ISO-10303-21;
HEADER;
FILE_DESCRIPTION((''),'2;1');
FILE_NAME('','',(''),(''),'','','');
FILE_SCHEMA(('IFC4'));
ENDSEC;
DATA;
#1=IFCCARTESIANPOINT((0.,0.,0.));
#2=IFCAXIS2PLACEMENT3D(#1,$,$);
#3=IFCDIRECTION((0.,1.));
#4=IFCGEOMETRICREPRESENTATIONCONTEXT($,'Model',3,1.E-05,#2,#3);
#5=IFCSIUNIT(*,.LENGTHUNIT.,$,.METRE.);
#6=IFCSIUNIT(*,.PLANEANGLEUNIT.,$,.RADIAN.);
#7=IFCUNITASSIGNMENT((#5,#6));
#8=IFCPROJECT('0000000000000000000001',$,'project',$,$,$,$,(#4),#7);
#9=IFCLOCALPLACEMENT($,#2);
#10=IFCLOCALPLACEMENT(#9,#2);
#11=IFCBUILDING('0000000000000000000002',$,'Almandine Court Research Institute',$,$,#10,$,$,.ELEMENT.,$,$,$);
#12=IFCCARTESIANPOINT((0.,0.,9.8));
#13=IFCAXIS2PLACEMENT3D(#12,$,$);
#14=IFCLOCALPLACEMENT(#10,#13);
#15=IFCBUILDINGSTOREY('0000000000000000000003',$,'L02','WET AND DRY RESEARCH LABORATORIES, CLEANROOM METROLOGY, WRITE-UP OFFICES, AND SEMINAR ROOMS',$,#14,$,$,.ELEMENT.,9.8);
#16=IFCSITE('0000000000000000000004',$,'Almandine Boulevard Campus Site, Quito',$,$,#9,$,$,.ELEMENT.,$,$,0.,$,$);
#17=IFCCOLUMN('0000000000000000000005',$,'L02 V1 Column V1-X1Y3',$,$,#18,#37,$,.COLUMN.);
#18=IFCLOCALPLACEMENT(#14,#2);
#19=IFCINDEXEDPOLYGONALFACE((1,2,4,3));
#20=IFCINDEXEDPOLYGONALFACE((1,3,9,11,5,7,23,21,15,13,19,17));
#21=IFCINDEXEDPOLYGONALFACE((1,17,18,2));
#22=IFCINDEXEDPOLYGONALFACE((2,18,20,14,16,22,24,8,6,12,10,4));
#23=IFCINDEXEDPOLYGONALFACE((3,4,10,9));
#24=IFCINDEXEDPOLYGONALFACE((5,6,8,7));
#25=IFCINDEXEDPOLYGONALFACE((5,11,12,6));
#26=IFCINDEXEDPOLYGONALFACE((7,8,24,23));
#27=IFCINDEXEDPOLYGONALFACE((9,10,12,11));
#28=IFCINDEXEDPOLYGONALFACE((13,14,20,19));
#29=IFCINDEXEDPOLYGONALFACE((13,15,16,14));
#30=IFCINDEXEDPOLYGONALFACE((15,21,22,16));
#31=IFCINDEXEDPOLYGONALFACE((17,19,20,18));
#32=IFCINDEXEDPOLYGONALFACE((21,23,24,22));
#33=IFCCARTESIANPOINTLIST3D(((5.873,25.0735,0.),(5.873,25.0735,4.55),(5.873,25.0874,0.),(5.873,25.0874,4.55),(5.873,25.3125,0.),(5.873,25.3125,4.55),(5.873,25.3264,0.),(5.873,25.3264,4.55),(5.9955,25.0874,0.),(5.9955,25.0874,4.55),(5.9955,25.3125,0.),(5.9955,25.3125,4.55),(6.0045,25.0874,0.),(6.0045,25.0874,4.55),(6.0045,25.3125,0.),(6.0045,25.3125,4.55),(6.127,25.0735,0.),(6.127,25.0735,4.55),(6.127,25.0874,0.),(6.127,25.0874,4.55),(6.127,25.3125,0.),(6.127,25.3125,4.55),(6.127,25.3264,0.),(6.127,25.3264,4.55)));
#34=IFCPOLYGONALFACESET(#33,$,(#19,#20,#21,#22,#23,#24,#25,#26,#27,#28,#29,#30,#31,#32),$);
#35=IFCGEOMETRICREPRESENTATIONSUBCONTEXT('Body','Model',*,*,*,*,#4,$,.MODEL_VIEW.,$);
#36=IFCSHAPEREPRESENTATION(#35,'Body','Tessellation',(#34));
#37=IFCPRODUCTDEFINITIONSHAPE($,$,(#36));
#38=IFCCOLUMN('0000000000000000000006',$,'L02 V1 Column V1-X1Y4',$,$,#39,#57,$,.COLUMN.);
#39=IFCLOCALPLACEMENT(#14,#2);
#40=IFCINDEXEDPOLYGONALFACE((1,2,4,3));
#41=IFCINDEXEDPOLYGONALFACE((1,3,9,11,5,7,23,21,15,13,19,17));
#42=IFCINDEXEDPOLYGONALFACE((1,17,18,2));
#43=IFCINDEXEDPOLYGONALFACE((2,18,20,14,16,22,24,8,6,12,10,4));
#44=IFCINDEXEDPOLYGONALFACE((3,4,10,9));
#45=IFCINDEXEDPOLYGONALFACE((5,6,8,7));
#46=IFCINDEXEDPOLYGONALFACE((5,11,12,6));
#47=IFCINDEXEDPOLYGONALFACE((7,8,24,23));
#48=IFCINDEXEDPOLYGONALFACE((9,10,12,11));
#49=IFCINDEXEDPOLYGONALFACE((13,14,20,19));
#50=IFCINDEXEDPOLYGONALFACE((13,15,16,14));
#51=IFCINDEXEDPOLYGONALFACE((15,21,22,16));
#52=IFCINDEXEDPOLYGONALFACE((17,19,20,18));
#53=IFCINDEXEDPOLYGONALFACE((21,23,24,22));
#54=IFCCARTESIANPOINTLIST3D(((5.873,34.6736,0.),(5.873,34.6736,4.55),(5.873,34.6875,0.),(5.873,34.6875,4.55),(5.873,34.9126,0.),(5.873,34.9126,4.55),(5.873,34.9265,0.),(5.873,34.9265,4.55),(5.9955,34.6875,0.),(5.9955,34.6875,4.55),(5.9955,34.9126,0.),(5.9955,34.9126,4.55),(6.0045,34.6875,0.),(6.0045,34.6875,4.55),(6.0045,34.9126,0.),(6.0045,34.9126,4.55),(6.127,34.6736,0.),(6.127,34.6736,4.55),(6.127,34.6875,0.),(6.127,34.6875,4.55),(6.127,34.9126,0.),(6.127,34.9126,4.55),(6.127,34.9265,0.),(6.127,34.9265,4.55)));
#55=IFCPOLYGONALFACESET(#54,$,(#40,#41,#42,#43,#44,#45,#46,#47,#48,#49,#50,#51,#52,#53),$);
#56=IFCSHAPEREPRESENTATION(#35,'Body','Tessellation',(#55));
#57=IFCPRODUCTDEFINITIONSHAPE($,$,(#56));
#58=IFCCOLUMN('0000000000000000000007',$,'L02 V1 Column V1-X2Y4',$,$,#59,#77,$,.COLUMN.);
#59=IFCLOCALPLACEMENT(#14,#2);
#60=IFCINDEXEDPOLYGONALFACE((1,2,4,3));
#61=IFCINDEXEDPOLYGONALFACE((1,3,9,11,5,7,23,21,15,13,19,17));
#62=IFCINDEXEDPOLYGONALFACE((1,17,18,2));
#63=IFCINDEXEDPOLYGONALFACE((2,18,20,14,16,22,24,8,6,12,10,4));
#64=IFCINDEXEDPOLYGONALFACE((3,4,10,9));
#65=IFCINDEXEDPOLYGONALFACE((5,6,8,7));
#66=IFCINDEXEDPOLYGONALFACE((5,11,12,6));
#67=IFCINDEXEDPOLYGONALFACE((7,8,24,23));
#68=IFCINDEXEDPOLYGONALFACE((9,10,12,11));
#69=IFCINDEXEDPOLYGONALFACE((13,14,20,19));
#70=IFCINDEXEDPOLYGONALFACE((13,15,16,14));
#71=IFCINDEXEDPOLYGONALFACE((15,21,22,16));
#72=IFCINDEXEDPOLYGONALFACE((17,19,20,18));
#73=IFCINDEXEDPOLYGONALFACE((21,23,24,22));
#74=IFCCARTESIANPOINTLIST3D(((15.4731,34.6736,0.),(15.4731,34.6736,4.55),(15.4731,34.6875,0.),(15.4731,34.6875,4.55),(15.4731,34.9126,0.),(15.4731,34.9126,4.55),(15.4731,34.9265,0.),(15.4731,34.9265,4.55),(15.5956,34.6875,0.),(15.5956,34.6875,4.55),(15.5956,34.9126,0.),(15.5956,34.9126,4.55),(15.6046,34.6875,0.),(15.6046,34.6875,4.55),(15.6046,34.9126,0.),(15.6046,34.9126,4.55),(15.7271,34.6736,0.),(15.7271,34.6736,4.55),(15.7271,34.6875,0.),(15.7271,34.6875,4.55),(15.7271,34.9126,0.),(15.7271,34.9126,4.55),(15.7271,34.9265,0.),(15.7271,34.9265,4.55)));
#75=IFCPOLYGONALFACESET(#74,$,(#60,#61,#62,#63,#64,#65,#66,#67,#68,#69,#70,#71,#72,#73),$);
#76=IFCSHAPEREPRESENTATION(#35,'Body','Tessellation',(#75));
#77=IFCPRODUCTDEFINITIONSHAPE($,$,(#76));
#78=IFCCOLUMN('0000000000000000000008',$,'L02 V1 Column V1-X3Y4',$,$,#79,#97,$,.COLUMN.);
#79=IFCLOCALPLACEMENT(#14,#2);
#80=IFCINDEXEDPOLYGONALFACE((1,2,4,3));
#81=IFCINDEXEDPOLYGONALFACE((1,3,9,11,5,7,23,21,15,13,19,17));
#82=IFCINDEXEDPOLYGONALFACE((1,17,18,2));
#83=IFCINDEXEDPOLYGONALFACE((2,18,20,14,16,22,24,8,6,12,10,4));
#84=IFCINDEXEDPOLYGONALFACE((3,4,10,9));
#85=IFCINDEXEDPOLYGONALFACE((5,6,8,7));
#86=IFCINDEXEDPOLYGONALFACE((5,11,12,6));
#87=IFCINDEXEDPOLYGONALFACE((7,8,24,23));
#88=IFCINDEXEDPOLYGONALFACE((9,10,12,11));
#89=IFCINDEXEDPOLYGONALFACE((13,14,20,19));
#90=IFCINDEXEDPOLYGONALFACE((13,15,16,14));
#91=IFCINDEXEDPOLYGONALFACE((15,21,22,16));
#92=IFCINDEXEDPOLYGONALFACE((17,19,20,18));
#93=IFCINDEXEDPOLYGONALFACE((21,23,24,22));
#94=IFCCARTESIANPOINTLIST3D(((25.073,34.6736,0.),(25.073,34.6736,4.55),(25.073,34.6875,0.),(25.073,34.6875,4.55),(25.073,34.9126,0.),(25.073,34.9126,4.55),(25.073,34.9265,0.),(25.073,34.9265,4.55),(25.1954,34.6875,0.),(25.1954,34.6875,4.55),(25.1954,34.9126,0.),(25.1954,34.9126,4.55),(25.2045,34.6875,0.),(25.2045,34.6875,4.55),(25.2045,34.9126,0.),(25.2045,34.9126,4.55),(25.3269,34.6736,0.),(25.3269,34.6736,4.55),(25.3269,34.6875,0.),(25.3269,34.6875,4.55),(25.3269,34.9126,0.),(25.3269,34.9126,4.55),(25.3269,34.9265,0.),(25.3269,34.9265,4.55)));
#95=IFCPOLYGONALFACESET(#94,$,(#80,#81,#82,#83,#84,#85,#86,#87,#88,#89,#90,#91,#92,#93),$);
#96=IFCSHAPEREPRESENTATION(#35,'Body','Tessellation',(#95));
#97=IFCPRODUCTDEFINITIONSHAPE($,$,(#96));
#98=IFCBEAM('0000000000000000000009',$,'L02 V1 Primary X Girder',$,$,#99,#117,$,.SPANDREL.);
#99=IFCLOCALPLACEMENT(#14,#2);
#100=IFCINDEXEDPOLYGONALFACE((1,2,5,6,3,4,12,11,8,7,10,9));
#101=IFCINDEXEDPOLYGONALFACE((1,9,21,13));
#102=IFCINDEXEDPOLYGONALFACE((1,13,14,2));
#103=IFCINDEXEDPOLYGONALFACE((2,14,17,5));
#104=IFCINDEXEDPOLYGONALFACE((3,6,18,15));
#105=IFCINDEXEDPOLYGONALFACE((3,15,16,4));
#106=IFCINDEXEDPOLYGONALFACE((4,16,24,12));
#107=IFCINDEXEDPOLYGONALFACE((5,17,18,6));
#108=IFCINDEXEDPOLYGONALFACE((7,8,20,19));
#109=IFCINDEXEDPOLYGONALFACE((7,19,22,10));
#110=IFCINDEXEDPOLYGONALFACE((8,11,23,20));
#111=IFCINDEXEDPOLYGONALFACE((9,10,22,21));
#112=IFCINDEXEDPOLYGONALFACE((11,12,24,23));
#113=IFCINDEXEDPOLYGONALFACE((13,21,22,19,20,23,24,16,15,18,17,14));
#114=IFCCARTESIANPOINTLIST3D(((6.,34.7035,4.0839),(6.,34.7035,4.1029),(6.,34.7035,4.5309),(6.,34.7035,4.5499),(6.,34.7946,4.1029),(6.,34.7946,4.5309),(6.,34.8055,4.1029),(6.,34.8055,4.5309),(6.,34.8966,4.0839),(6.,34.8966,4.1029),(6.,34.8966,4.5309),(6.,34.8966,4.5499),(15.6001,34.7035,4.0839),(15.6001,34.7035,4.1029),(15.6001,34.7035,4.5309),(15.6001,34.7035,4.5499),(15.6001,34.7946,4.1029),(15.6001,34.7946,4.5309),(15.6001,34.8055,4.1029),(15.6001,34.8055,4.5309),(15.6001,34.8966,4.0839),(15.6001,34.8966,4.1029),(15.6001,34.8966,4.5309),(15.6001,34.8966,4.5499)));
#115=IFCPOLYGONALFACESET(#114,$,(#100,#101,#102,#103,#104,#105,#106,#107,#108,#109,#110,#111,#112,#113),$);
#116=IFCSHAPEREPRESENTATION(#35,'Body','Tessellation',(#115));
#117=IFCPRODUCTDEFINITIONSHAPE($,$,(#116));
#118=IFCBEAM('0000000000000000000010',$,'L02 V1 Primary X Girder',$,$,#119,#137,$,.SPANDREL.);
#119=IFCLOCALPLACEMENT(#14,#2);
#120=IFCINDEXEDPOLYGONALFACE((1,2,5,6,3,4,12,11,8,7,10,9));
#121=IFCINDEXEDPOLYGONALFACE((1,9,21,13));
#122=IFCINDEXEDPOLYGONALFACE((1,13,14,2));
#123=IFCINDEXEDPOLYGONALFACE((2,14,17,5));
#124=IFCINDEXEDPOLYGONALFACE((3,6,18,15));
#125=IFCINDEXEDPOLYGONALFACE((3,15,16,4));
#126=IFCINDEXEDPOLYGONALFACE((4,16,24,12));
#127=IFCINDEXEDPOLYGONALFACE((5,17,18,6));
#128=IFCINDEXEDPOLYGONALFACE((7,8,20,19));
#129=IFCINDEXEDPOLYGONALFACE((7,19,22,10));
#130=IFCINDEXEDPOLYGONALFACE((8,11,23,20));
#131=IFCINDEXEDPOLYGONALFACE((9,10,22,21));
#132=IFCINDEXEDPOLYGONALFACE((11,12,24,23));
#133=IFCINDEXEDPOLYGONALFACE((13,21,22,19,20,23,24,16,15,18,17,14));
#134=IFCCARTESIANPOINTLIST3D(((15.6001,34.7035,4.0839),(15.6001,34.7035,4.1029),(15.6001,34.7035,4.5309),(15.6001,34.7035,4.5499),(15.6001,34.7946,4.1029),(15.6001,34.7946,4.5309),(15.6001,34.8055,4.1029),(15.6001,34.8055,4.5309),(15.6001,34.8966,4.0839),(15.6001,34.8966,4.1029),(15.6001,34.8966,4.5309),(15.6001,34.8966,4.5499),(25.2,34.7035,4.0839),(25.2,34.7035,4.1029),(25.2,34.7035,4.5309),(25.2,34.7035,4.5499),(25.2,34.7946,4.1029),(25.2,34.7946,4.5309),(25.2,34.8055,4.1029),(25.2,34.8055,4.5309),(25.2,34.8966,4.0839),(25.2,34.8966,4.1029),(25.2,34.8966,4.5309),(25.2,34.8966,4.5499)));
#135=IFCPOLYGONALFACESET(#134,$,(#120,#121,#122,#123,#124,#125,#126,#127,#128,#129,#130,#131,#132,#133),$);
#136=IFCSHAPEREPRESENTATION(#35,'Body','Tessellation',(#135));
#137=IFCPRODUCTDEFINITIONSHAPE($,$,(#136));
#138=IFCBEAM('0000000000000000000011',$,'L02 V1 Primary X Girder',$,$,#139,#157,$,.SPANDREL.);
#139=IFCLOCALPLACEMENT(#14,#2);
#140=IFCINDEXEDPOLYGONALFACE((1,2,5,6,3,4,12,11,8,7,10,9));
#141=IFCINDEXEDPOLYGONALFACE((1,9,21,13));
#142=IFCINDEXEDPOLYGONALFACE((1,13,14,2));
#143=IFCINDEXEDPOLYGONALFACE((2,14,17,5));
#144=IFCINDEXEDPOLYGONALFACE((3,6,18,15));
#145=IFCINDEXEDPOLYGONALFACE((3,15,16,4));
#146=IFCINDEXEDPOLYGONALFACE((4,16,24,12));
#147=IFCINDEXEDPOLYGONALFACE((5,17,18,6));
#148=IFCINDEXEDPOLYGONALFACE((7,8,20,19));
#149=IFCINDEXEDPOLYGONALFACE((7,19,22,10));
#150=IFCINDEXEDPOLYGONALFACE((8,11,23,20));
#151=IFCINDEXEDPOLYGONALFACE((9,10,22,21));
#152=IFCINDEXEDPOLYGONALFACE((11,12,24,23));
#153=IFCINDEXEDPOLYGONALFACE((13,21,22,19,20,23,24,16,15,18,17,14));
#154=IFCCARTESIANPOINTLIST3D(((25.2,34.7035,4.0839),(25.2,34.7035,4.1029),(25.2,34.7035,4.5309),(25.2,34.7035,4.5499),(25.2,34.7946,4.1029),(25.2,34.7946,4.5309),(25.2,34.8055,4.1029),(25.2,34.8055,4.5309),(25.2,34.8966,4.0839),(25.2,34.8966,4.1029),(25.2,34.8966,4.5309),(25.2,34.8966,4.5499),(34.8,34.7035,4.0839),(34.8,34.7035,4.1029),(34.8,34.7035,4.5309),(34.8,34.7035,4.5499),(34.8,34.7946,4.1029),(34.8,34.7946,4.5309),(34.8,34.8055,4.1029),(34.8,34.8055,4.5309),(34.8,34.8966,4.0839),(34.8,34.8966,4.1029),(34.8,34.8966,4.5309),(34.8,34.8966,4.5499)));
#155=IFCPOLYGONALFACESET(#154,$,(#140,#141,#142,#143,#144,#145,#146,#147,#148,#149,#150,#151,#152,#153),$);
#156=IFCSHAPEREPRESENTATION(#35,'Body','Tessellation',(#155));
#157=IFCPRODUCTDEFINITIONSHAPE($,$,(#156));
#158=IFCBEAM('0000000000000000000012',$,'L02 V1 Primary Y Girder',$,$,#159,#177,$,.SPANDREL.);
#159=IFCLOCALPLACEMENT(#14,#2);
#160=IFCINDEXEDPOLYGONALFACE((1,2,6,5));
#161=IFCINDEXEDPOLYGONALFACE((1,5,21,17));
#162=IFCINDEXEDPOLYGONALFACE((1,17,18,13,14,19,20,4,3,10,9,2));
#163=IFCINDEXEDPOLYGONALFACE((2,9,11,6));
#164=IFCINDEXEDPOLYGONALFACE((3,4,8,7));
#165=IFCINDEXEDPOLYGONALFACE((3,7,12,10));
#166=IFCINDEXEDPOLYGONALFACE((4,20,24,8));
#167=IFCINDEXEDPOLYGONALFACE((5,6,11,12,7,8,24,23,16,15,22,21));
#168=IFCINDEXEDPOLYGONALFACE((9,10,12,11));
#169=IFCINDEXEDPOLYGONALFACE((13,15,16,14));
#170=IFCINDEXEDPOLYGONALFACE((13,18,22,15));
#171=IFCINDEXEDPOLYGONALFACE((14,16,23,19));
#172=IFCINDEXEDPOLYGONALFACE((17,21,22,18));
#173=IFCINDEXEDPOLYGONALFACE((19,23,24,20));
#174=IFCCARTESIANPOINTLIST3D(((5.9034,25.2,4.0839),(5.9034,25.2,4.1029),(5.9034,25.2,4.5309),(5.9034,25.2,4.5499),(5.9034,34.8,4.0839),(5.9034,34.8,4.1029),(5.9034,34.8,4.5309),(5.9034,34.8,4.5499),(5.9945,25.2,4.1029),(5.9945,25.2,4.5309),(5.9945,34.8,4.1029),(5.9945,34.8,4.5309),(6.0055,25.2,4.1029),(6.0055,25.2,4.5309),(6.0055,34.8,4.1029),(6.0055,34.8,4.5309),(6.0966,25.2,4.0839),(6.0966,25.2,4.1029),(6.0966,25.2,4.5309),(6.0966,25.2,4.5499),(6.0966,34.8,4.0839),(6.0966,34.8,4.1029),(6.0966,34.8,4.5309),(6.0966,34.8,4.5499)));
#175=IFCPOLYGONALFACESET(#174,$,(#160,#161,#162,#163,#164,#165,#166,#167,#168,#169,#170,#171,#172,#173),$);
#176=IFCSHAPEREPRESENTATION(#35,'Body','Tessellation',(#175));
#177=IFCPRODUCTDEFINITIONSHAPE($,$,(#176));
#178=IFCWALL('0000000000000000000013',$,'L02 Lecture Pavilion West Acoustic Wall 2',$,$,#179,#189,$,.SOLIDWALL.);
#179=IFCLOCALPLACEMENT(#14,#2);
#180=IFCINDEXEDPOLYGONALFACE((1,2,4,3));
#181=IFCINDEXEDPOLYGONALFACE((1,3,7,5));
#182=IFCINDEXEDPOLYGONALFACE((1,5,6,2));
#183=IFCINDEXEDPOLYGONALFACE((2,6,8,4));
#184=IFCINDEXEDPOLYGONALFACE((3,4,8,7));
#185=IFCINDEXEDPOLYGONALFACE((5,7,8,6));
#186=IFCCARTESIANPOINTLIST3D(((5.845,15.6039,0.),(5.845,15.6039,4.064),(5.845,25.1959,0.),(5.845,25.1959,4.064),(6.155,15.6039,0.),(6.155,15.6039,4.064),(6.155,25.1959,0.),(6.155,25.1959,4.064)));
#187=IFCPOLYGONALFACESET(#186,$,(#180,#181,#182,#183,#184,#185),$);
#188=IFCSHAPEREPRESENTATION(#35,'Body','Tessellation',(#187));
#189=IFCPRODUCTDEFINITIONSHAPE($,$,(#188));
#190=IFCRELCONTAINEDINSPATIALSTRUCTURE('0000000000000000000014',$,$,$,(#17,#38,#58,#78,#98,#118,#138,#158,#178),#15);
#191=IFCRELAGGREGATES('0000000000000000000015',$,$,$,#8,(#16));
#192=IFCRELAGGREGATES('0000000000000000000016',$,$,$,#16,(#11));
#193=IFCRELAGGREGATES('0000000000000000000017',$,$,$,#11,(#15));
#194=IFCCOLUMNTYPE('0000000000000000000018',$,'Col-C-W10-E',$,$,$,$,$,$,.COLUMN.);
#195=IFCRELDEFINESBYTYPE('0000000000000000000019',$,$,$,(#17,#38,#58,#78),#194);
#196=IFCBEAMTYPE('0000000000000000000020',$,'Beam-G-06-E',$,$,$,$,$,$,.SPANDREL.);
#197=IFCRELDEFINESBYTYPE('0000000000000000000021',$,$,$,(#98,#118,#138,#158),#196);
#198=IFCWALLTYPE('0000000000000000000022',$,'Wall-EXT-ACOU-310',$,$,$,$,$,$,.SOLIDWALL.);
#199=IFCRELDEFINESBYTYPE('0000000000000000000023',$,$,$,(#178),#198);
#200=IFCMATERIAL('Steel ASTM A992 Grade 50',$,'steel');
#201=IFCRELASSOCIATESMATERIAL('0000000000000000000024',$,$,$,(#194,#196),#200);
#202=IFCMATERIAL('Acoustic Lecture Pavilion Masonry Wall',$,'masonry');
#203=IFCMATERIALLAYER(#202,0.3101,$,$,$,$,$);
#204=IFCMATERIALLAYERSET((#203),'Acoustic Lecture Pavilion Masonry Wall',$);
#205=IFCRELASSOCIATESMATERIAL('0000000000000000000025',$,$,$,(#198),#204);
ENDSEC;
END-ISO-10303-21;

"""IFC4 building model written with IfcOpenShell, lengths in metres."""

from ifc_helpers import new_model, si_unit, direction, frame, frame_2d, origin, origin_2d, place, context, subcontext, project, spatial, rectangle, i_section, extrude, material, layer, layer_set, material_profile, profile_set, type_object, element, save


model = new_model("IFC4")

# Units and contexts
model_context = context("Model", 3, precision=1e-05, world=origin(), true_north=direction((0.0, 1.0)))
body_context = subcontext(model_context, "Body", "Model", "MODEL_VIEW")
ifc_project = project(units=[si_unit("LENGTHUNIT", "METRE"), si_unit("PLANEANGLEUNIT", "RADIAN")], contexts=[model_context])

# Site, building, storey
site_placement = place(None, origin())
site = spatial("IfcSite", under=ifc_project, at=site_placement, Name="Almandine Boulevard Campus Site, Quito", CompositionType="ELEMENT", RefElevation=0.0)
building_placement = place(site_placement, origin())
building = spatial("IfcBuilding", under=site, at=building_placement, Name="Almandine Court Research Institute", CompositionType="ELEMENT")
storey_placement = place(building_placement, frame((0.0, 0.0, 9.8)))
storey = spatial("IfcBuildingStorey", under=building, at=storey_placement, Name="L02", Description="WET AND DRY RESEARCH LABORATORIES, CLEANROOM METROLOGY, WRITE-UP OFFICES, AND SEMINAR ROOMS", CompositionType="ELEMENT", Elevation=9.8)

# Columns
ifc_material_1 = material(Name="Steel ASTM A992 Grade 50", Category="steel")
ifc_material_profile_1 = material_profile(ifc_material_1, i_section(OverallWidth=0.2539, OverallDepth=0.2529, WebThickness=0.009, FlangeThickness=0.0139, at=origin_2d()), Name="W250x73")
ifc_profile_set_1 = profile_set([ifc_material_profile_1], Name="Steel ASTM A992 Grade 50")
column_type = type_object("IfcColumnType", Name="Col-C-W10-E", PredefinedType="COLUMN", material=ifc_profile_set_1)
for number, where, z_axis, x_axis, name in (
    (1, (6.0, 25.2, 0.0), (0.0, 0.0, 1.0), (1.0, 0.0, 0.0), "L02 V1 Column V1-X1Y3"),
    (2, (6.0, 34.8, 0.0), (0.0, 0.0, 1.0), (1.0, 0.0, 0.0), "L02 V1 Column V1-X1Y4"),
    (3, (15.6001, 34.8, 0.0), (0.0, 0.0, 1.0), (1.0, 0.0, 0.0), "L02 V1 Column V1-X2Y4"),
    (4, (25.2, 34.8, 0.0), (0.0, 0.0, 1.0), (1.0, 0.0, 0.0), "L02 V1 Column V1-X3Y4"),
):
    element("IfcColumn", number, at=place(storey_placement, frame(where, z_axis=z_axis, x_axis=x_axis)), inside=storey, type_object=column_type, Name=name, PredefinedType="COLUMN", context=body_context, shape_type="SweptSolid", body=[
        extrude(i_section(OverallWidth=0.2539, OverallDepth=0.2529, WebThickness=0.009, FlangeThickness=0.0139, at=origin_2d()), origin(), (0.0, 0.0, 1.0), 4.55),
    ])

# Beams
ifc_material_profile_2 = material_profile(ifc_material_1, i_section(OverallWidth=0.1931, OverallDepth=0.4661, WebThickness=0.011, FlangeThickness=0.019, at=origin_2d()), Name="W460x97")
ifc_profile_set_2 = profile_set([ifc_material_profile_2], Name="Steel ASTM A992 Grade 50")
beam_type = type_object("IfcBeamType", Name="Beam-G-06-E", PredefinedType="SPANDREL", material=ifc_profile_set_2)
beam_1_placement = place(storey_placement, frame((6.0, 34.8, 4.3169), z_axis=(1.0, 0.0, 0.0), x_axis=(0.0, 1.0, 0.0)))
element("IfcBeam", 5, at=beam_1_placement, inside=storey, type_object=beam_type, Name="L02 V1 Primary X Girder", PredefinedType="SPANDREL", context=body_context, shape_type="SweptSolid", body=[
    extrude(i_section(OverallWidth=0.1931, OverallDepth=0.4661, WebThickness=0.011, FlangeThickness=0.019, at=origin_2d()), origin(), (0.0, 0.0, 1.0), 9.6001),
])
beam_2_placement = place(storey_placement, frame((15.6001, 34.8, 4.3169), z_axis=(1.0, 0.0, 0.0), x_axis=(0.0, 1.0, 0.0)))
element("IfcBeam", 6, at=beam_2_placement, inside=storey, type_object=beam_type, Name="L02 V1 Primary X Girder", PredefinedType="SPANDREL", context=body_context, shape_type="SweptSolid", body=[
    extrude(i_section(OverallWidth=0.1931, OverallDepth=0.4661, WebThickness=0.011, FlangeThickness=0.019, at=origin_2d()), origin(), (0.0, 0.0, 1.0), 9.5999),
])
for number, where, z_axis, x_axis, name in (
    (7, (25.2, 34.8, 4.3169), (1.0, 0.0, 0.0), (0.0, 1.0, 0.0), "L02 V1 Primary X Girder"),
    (8, (6.0, 25.2, 4.3169), (0.0, 1.0, 0.0), (-1.0, 0.0, 0.0), "L02 V1 Primary Y Girder"),
):
    element("IfcBeam", number, at=place(storey_placement, frame(where, z_axis=z_axis, x_axis=x_axis)), inside=storey, type_object=beam_type, Name=name, PredefinedType="SPANDREL", context=body_context, shape_type="SweptSolid", body=[
        extrude(i_section(OverallWidth=0.1931, OverallDepth=0.4661, WebThickness=0.011, FlangeThickness=0.019, at=origin_2d()), origin(), (0.0, 0.0, 1.0), 9.6001),
    ])

# Wall
ifc_material_2 = material(Name="Acoustic Lecture Pavilion Masonry Wall", Category="masonry")
ifc_layer_1 = layer(ifc_material_2, 0.3101)
ifc_layer_set_1 = layer_set([ifc_layer_1], Name="Acoustic Lecture Pavilion Masonry Wall")
wall_type_1 = type_object("IfcWallType", Name="Wall-EXT-ACOU-310", PredefinedType="SOLIDWALL", material=ifc_layer_set_1)
wall_1_placement = place(storey_placement, frame((6.0, 15.604, 0.0), z_axis=(0.0, 0.0, 1.0), x_axis=(0.0, 1.0, 0.0)))
element("IfcWall", 9, at=wall_1_placement, inside=storey, type_object=wall_type_1, Name="L02 Lecture Pavilion West Acoustic Wall 2", PredefinedType="SOLIDWALL", context=body_context, shape_type="SweptSolid", body=[
    extrude(rectangle(XDim=9.592, YDim=0.3101, at=frame_2d((4.7959, 0.0))), origin(), (0.0, 0.0, 1.0), 4.064),
])

save(model, "model.ifc")
